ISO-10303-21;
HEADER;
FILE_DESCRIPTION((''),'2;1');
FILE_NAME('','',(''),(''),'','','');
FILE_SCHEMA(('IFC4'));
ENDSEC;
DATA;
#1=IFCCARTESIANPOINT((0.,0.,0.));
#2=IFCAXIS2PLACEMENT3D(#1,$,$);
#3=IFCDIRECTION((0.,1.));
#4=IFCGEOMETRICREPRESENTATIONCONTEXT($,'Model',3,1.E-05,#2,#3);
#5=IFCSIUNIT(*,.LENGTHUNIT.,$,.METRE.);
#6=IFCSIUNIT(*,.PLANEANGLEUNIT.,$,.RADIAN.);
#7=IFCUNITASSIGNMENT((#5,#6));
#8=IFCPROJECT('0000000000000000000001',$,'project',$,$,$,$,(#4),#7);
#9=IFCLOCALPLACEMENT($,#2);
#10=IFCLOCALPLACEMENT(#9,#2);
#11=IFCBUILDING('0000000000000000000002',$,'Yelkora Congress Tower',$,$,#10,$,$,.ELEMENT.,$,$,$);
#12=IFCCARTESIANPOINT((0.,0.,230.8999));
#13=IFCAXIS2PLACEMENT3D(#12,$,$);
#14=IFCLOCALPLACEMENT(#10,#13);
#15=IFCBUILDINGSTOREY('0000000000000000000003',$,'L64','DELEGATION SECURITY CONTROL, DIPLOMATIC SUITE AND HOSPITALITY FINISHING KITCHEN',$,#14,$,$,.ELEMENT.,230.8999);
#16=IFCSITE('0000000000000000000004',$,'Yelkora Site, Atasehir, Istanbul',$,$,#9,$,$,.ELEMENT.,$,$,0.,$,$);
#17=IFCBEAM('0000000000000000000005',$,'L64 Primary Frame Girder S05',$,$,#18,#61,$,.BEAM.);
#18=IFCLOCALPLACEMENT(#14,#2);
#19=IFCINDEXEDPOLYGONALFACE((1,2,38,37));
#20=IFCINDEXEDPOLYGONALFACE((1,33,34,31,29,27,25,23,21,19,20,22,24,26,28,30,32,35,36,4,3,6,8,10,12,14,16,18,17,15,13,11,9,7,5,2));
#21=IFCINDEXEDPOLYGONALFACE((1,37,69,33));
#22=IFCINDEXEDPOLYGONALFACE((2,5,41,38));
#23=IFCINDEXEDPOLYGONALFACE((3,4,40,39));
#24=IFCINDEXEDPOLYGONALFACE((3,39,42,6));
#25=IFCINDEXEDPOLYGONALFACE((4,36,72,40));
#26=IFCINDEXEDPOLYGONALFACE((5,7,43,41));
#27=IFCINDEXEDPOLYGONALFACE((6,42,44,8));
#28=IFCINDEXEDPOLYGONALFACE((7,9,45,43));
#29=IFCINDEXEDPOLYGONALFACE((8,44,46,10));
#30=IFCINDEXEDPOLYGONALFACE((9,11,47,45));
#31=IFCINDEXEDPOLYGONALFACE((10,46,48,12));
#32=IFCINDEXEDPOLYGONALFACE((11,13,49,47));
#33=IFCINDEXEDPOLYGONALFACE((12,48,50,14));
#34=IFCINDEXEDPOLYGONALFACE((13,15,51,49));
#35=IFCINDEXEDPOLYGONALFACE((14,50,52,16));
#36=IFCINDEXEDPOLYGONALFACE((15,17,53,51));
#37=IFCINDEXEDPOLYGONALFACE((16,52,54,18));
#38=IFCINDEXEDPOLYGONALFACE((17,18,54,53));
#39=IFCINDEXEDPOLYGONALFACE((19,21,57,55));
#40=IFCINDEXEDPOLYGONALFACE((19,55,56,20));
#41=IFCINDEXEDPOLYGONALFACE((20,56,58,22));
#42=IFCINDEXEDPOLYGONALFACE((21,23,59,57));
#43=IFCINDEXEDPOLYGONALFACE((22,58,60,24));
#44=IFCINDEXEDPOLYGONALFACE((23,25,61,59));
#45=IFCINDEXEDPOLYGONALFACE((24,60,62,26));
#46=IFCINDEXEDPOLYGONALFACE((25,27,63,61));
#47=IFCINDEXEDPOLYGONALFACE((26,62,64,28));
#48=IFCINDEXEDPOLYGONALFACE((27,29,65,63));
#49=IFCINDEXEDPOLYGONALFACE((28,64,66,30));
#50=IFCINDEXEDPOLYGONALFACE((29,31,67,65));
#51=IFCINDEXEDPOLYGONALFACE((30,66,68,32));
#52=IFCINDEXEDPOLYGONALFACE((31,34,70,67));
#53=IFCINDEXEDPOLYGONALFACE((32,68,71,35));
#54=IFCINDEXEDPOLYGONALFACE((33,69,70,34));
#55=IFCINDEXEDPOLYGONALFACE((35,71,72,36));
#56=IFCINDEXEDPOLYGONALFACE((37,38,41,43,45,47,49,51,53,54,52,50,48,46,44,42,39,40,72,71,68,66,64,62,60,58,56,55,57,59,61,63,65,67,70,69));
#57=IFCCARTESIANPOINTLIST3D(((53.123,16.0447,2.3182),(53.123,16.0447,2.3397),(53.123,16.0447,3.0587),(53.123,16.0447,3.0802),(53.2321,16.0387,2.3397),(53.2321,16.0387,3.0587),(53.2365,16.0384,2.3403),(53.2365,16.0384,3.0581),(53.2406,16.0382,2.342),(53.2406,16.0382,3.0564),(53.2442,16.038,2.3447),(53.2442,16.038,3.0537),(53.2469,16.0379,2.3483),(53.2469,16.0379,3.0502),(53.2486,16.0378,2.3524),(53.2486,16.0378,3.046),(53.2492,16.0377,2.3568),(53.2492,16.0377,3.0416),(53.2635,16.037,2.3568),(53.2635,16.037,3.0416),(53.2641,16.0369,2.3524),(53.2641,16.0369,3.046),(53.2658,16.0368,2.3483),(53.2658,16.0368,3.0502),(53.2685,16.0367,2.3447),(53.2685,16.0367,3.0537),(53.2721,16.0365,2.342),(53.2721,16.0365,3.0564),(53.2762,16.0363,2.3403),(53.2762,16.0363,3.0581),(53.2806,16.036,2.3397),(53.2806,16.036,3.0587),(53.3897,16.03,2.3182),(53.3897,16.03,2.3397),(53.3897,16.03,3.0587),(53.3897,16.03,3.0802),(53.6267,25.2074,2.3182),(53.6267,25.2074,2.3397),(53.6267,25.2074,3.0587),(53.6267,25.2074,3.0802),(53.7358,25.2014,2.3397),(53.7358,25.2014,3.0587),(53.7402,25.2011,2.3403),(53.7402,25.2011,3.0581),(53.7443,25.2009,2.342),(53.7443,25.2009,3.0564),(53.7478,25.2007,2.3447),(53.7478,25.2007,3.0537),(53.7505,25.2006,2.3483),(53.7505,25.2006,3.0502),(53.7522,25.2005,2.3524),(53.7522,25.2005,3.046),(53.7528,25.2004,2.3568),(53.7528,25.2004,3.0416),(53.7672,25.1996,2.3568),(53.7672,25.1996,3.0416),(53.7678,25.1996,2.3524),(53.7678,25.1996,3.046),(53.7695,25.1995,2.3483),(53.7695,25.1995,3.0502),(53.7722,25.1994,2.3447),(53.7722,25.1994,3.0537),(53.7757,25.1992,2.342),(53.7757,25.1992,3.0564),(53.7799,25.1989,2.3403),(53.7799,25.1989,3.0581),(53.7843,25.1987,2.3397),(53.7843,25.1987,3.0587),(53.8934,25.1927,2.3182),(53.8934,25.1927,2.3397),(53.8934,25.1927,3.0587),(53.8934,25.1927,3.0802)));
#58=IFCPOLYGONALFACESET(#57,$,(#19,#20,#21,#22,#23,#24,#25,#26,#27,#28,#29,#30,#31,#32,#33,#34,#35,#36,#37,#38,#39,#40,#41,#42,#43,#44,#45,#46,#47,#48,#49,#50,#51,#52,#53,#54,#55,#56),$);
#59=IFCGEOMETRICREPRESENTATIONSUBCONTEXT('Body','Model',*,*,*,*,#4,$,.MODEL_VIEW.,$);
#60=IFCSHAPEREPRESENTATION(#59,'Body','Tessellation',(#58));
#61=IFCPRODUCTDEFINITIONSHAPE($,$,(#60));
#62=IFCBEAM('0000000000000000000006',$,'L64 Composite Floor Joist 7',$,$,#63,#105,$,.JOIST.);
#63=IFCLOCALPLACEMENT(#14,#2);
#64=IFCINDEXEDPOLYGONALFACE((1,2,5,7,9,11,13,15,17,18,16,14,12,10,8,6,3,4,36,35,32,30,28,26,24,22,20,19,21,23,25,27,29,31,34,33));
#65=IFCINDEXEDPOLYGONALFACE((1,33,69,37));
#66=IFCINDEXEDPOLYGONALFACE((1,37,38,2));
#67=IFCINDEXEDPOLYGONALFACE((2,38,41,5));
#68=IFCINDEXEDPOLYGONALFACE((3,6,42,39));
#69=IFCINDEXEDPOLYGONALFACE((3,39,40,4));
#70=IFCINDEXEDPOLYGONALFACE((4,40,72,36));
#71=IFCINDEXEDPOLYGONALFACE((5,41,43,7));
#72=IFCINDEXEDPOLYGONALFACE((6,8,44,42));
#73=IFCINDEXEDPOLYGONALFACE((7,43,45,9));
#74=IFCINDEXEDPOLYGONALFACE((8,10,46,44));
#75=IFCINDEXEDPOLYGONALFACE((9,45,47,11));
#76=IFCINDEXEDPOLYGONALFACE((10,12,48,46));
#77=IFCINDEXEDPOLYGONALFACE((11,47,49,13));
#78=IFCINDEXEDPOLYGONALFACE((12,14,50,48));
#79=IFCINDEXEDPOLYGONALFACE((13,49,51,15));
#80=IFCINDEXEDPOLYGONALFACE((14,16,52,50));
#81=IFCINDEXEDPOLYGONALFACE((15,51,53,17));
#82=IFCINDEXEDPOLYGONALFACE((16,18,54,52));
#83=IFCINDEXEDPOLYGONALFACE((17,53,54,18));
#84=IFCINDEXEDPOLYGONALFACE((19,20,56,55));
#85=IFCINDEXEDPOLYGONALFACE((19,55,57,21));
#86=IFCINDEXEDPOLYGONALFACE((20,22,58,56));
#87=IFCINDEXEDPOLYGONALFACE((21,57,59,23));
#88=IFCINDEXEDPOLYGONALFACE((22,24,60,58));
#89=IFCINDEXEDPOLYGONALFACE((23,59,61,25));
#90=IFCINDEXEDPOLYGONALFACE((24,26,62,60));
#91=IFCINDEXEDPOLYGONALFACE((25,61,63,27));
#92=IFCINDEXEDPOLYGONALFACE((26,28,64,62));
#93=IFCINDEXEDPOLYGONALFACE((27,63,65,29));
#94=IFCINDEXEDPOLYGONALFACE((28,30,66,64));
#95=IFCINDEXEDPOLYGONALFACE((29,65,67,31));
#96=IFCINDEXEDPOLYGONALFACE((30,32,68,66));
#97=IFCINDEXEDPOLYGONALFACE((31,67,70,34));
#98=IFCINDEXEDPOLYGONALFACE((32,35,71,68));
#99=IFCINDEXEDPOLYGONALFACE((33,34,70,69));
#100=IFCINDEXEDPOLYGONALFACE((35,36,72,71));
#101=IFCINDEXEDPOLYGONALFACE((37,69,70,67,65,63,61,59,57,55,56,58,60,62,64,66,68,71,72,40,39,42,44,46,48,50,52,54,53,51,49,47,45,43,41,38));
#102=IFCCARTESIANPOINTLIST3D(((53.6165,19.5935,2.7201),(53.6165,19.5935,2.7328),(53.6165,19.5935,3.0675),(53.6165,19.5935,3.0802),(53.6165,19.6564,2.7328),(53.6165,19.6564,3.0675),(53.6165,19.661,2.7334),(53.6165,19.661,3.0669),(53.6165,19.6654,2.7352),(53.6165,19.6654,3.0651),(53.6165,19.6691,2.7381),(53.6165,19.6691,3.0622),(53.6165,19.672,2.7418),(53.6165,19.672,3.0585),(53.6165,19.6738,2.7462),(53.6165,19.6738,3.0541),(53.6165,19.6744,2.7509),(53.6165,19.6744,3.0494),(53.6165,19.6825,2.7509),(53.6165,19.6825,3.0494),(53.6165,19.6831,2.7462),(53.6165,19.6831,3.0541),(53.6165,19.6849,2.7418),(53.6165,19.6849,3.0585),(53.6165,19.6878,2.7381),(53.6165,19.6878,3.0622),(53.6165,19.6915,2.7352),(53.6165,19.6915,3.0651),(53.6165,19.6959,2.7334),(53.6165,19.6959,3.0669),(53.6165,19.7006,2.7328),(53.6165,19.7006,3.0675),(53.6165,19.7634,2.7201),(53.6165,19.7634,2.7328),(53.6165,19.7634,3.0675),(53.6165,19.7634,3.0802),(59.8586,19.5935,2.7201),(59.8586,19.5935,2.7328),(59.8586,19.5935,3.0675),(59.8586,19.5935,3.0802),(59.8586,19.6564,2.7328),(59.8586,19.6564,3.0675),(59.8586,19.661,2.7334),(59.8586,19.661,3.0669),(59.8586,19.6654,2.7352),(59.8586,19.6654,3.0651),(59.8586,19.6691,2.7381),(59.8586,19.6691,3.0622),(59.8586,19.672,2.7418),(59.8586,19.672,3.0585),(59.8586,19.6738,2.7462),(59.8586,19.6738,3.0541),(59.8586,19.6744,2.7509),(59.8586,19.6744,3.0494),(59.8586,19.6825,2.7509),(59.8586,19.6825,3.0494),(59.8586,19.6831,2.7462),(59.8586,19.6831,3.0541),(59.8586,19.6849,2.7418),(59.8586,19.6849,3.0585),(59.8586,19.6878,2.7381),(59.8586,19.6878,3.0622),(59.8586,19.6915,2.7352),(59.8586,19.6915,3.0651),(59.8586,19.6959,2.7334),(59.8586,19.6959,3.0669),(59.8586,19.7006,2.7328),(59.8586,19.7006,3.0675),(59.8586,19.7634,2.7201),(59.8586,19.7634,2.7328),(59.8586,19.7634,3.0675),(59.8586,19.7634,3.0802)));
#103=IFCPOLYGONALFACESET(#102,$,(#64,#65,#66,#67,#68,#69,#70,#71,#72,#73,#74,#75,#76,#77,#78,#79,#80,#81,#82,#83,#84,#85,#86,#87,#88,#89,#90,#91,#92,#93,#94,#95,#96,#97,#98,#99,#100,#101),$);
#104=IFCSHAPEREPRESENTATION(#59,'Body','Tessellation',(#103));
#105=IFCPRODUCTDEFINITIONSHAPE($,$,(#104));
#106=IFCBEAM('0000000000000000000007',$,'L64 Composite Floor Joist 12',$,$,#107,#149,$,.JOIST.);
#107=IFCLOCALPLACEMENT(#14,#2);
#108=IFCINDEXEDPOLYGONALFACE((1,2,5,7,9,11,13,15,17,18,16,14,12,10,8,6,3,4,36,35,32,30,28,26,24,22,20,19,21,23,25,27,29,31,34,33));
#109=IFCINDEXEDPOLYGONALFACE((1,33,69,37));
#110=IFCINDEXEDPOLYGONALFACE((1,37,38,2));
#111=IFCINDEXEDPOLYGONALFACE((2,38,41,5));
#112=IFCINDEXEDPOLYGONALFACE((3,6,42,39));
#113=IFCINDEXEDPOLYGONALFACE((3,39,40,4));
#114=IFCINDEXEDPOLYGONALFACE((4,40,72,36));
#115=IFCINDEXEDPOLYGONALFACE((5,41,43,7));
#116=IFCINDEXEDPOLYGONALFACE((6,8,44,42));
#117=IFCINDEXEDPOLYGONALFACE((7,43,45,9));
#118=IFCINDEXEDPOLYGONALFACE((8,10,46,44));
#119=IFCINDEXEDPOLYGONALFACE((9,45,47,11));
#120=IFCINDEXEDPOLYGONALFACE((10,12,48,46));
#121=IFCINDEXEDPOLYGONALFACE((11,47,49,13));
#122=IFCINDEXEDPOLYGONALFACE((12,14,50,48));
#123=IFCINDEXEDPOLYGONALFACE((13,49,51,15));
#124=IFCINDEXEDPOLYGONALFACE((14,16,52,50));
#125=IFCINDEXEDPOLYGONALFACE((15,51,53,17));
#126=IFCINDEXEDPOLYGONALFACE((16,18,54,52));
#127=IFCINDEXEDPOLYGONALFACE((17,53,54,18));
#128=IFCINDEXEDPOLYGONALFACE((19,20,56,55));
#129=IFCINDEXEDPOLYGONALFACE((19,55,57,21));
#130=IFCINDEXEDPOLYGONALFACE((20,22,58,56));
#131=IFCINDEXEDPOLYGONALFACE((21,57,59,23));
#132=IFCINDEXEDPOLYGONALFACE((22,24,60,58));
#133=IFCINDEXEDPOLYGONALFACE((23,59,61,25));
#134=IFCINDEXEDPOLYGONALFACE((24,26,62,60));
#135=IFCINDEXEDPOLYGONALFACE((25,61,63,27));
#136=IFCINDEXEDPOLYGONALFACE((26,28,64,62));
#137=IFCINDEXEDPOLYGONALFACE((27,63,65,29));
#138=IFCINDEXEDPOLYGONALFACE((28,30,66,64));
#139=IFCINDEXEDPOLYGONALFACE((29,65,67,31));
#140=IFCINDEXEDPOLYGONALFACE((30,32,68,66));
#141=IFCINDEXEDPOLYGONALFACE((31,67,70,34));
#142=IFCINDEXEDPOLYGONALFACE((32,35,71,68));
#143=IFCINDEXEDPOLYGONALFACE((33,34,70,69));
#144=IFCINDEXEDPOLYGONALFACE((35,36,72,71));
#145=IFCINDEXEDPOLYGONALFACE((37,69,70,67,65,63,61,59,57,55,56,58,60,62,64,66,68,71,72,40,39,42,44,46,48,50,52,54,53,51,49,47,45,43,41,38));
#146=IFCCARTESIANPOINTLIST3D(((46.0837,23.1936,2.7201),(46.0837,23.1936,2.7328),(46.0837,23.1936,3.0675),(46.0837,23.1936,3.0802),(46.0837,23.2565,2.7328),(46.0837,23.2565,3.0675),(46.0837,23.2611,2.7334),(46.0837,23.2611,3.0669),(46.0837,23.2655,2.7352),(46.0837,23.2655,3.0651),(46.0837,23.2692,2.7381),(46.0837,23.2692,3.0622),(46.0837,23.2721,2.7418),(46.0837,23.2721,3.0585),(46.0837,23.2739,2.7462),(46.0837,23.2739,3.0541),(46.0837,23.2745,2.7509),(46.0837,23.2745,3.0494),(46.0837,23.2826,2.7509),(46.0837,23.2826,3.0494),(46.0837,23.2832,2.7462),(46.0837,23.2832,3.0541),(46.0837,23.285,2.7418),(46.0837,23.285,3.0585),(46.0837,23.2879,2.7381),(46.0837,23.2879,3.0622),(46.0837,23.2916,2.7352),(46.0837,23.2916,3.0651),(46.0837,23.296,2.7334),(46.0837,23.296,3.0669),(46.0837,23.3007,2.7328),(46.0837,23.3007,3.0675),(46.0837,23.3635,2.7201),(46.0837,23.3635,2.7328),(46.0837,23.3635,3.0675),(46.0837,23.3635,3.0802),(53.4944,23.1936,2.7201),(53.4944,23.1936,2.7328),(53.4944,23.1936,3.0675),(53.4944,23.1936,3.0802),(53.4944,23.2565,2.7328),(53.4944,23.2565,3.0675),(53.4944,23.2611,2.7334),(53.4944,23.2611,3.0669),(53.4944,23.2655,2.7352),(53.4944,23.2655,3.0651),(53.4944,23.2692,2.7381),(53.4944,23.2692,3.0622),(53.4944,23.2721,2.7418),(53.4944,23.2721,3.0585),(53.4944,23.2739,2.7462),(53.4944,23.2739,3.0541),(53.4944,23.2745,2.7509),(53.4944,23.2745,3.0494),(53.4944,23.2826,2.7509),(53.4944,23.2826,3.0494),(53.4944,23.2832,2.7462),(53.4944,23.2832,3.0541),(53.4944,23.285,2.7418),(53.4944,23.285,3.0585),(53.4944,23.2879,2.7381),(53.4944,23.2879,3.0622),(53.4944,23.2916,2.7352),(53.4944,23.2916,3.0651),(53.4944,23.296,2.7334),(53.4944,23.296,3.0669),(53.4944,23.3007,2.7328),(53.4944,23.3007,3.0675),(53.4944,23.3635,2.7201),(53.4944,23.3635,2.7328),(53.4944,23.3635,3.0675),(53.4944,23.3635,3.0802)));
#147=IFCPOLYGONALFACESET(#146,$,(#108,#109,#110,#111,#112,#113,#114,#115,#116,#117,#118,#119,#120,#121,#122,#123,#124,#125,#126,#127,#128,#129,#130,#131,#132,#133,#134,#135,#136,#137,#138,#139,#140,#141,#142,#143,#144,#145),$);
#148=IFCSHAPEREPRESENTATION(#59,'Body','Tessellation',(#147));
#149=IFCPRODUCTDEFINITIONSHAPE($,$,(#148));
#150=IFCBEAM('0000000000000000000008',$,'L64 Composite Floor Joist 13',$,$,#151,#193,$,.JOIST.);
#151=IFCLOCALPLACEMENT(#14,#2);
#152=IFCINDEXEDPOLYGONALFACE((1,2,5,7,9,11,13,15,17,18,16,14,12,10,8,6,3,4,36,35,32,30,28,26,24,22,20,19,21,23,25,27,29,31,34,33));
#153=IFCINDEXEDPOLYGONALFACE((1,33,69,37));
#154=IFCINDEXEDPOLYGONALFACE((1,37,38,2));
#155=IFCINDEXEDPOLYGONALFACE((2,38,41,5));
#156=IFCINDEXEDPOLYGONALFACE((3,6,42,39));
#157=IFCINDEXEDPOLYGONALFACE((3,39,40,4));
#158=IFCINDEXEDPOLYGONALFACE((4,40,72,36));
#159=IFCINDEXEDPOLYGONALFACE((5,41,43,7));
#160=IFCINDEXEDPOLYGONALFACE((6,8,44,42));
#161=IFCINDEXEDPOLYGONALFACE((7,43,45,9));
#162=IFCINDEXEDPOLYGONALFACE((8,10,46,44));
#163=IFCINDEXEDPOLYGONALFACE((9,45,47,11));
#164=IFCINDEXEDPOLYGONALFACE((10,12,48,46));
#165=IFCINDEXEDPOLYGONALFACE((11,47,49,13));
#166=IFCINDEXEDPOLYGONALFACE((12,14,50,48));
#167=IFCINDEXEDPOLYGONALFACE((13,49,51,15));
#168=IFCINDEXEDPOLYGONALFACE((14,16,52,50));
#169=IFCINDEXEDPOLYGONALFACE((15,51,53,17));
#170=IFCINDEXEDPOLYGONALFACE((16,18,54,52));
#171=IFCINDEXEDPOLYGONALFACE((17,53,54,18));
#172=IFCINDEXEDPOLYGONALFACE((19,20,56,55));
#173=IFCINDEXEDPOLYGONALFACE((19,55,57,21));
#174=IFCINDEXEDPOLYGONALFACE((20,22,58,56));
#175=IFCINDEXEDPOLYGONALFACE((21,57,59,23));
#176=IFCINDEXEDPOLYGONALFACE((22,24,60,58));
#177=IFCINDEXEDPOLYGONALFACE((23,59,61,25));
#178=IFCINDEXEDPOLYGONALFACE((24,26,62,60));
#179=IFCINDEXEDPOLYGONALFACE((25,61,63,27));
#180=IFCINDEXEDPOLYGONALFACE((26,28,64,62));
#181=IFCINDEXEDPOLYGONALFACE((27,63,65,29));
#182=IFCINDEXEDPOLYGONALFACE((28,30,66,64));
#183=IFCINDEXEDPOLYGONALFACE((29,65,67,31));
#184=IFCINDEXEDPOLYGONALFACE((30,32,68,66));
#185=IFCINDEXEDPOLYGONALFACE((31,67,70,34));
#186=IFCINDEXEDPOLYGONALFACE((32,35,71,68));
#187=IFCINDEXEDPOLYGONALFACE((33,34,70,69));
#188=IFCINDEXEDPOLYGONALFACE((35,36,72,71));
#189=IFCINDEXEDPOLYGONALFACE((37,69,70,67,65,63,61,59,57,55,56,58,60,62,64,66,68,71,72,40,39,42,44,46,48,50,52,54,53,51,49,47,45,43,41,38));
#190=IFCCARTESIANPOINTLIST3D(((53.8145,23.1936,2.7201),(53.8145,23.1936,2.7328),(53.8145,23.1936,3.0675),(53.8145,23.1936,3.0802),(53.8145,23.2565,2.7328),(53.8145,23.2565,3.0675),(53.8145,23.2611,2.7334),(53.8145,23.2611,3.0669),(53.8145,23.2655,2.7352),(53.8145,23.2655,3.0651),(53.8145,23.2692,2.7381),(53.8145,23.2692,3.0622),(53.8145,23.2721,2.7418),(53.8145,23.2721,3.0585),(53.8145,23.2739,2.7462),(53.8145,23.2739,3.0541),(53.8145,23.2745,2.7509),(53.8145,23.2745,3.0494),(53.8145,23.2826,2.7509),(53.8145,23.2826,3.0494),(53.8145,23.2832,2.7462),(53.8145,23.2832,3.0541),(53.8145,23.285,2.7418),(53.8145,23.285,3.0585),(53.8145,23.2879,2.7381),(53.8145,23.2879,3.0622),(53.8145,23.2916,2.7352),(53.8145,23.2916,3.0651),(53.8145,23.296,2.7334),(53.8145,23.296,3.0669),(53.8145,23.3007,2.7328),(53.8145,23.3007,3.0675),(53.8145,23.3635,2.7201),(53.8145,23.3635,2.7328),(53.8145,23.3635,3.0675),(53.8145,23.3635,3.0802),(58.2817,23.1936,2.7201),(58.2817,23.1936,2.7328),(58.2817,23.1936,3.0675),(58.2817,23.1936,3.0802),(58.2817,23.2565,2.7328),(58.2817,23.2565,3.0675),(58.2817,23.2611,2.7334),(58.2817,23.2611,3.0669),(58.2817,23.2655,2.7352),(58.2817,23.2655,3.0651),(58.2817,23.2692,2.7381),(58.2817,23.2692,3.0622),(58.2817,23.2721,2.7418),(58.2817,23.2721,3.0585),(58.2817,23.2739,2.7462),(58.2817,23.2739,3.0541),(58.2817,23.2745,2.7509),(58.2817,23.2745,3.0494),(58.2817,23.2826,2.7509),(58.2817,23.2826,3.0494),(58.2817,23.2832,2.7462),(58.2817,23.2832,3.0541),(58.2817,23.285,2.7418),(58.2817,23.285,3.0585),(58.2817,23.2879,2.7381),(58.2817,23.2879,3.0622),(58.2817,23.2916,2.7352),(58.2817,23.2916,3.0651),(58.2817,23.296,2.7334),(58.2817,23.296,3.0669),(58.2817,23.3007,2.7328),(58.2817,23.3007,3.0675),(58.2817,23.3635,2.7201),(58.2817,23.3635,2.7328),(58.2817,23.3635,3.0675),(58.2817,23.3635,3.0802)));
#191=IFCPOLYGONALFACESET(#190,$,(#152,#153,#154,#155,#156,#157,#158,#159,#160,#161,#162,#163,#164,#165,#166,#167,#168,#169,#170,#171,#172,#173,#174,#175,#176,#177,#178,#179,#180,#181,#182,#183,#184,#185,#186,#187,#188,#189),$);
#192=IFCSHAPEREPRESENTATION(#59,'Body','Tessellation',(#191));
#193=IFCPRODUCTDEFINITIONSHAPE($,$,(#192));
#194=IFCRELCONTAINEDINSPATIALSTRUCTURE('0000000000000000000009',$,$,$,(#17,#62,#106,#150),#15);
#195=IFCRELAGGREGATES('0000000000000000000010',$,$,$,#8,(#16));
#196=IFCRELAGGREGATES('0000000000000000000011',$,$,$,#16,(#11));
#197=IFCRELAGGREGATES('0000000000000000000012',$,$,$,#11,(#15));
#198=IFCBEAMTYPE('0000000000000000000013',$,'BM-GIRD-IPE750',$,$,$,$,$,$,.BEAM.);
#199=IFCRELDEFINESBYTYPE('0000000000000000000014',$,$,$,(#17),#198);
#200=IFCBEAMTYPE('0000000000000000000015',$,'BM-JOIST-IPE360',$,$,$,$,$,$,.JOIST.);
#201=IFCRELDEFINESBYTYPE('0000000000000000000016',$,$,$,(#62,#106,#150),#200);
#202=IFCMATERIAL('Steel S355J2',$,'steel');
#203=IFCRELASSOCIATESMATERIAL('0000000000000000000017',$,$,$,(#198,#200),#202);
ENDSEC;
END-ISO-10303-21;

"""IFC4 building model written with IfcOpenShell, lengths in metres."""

from ifc_helpers import new_model, si_unit, direction, frame, origin, origin_2d, place, context, subcontext, project, spatial, i_section, extrude, material, material_profile, profile_set, type_object, element, save


model = new_model("IFC4")

# Units and contexts
model_context = context("Model", 3, precision=1e-05, world=origin(), true_north=direction((0.0, 1.0)))
body_context = subcontext(model_context, "Body", "Model", "MODEL_VIEW")
ifc_project = project(units=[si_unit("LENGTHUNIT", "METRE"), si_unit("PLANEANGLEUNIT", "RADIAN")], contexts=[model_context])

# Site, building, storey
site_placement = place(None, origin())
site = spatial("IfcSite", under=ifc_project, at=site_placement, Name="Yelkora Site, Atasehir, Istanbul", CompositionType="ELEMENT", RefElevation=0.0)
building_placement = place(site_placement, origin())
building = spatial("IfcBuilding", under=site, at=building_placement, Name="Yelkora Congress Tower", CompositionType="ELEMENT")
storey_placement = place(building_placement, frame((0.0, 0.0, 230.8999)))
storey = spatial("IfcBuildingStorey", under=building, at=storey_placement, Name="L64", Description="DELEGATION SECURITY CONTROL, DIPLOMATIC SUITE AND HOSPITALITY FINISHING KITCHEN", CompositionType="ELEMENT", Elevation=230.8999)

# Shared definitions
ifc_material_1 = material(Name="Steel S355J2", Category="steel")

# Beams
ifc_material_profile_1 = material_profile(ifc_material_1, i_section(OverallWidth=0.2671, OverallDepth=0.762, WebThickness=0.0144, FlangeThickness=0.0215, FilletRadius=0.0171, at=origin_2d()), Name="IPE 750x173")
ifc_profile_set_1 = profile_set([ifc_material_profile_1], Name="Steel S355J2")
beam_type_1 = type_object("IfcBeamType", Name="BM-GIRD-IPE750", PredefinedType="BEAM", material=ifc_profile_set_1)
beam_1_placement = place(storey_placement, frame((53.2563, 16.0374, 2.6992), z_axis=(0.054886, 0.998493, 0.0), x_axis=(-0.998493, 0.054886, 0.0)))
element("IfcBeam", 1, at=beam_1_placement, inside=storey, type_object=beam_type_1, Name="L64 Primary Frame Girder S05", PredefinedType="BEAM", context=body_context, shape_type="SweptSolid", body=[
    extrude(i_section(OverallWidth=0.2671, OverallDepth=0.762, WebThickness=0.0144, FlangeThickness=0.0215, FilletRadius=0.0171, at=origin_2d()), origin(), (0.0, 0.0, 1.0), 9.1765),
])
ifc_material_profile_2 = material_profile(ifc_material_1, i_section(OverallWidth=0.1699, OverallDepth=0.3601, WebThickness=0.0081, FlangeThickness=0.0127, FilletRadius=0.0181, at=origin_2d()), Name="IPE 360")
ifc_profile_set_2 = profile_set([ifc_material_profile_2], Name="Steel S355J2")
beam_type_2 = type_object("IfcBeamType", Name="BM-JOIST-IPE360", PredefinedType="JOIST", material=ifc_profile_set_2)
beam_2_placement = place(storey_placement, frame((53.6165, 19.6785, 2.9001), z_axis=(1.0, 0.0, 0.0), x_axis=(0.0, 1.0, 0.0)))
element("IfcBeam", 2, at=beam_2_placement, inside=storey, type_object=beam_type_2, Name="L64 Composite Floor Joist 7", PredefinedType="JOIST", context=body_context, shape_type="SweptSolid", body=[
    extrude(i_section(OverallWidth=0.1699, OverallDepth=0.3601, WebThickness=0.0081, FlangeThickness=0.0127, FilletRadius=0.0181, at=origin_2d()), origin(), (0.0, 0.0, 1.0), 6.2422),
])
beam_3_placement = place(storey_placement, frame((46.0837, 23.2786, 2.9001), z_axis=(1.0, 0.0, 0.0), x_axis=(0.0, 1.0, 0.0)))
element("IfcBeam", 3, at=beam_3_placement, inside=storey, type_object=beam_type_2, Name="L64 Composite Floor Joist 12", PredefinedType="JOIST", context=body_context, shape_type="SweptSolid", body=[
    extrude(i_section(OverallWidth=0.1699, OverallDepth=0.3601, WebThickness=0.0081, FlangeThickness=0.0127, FilletRadius=0.0181, at=origin_2d()), origin(), (0.0, 0.0, 1.0), 7.4106),
])
beam_4_placement = place(storey_placement, frame((53.8145, 23.2786, 2.9001), z_axis=(1.0, 0.0, 0.0), x_axis=(0.0, 1.0, 0.0)))
element("IfcBeam", 4, at=beam_4_placement, inside=storey, type_object=beam_type_2, Name="L64 Composite Floor Joist 13", PredefinedType="JOIST", context=body_context, shape_type="SweptSolid", body=[
    extrude(i_section(OverallWidth=0.1699, OverallDepth=0.3601, WebThickness=0.0081, FlangeThickness=0.0127, FilletRadius=0.0181, at=origin_2d()), origin(), (0.0, 0.0, 1.0), 4.4673),
])

save(model, "model.ifc")
